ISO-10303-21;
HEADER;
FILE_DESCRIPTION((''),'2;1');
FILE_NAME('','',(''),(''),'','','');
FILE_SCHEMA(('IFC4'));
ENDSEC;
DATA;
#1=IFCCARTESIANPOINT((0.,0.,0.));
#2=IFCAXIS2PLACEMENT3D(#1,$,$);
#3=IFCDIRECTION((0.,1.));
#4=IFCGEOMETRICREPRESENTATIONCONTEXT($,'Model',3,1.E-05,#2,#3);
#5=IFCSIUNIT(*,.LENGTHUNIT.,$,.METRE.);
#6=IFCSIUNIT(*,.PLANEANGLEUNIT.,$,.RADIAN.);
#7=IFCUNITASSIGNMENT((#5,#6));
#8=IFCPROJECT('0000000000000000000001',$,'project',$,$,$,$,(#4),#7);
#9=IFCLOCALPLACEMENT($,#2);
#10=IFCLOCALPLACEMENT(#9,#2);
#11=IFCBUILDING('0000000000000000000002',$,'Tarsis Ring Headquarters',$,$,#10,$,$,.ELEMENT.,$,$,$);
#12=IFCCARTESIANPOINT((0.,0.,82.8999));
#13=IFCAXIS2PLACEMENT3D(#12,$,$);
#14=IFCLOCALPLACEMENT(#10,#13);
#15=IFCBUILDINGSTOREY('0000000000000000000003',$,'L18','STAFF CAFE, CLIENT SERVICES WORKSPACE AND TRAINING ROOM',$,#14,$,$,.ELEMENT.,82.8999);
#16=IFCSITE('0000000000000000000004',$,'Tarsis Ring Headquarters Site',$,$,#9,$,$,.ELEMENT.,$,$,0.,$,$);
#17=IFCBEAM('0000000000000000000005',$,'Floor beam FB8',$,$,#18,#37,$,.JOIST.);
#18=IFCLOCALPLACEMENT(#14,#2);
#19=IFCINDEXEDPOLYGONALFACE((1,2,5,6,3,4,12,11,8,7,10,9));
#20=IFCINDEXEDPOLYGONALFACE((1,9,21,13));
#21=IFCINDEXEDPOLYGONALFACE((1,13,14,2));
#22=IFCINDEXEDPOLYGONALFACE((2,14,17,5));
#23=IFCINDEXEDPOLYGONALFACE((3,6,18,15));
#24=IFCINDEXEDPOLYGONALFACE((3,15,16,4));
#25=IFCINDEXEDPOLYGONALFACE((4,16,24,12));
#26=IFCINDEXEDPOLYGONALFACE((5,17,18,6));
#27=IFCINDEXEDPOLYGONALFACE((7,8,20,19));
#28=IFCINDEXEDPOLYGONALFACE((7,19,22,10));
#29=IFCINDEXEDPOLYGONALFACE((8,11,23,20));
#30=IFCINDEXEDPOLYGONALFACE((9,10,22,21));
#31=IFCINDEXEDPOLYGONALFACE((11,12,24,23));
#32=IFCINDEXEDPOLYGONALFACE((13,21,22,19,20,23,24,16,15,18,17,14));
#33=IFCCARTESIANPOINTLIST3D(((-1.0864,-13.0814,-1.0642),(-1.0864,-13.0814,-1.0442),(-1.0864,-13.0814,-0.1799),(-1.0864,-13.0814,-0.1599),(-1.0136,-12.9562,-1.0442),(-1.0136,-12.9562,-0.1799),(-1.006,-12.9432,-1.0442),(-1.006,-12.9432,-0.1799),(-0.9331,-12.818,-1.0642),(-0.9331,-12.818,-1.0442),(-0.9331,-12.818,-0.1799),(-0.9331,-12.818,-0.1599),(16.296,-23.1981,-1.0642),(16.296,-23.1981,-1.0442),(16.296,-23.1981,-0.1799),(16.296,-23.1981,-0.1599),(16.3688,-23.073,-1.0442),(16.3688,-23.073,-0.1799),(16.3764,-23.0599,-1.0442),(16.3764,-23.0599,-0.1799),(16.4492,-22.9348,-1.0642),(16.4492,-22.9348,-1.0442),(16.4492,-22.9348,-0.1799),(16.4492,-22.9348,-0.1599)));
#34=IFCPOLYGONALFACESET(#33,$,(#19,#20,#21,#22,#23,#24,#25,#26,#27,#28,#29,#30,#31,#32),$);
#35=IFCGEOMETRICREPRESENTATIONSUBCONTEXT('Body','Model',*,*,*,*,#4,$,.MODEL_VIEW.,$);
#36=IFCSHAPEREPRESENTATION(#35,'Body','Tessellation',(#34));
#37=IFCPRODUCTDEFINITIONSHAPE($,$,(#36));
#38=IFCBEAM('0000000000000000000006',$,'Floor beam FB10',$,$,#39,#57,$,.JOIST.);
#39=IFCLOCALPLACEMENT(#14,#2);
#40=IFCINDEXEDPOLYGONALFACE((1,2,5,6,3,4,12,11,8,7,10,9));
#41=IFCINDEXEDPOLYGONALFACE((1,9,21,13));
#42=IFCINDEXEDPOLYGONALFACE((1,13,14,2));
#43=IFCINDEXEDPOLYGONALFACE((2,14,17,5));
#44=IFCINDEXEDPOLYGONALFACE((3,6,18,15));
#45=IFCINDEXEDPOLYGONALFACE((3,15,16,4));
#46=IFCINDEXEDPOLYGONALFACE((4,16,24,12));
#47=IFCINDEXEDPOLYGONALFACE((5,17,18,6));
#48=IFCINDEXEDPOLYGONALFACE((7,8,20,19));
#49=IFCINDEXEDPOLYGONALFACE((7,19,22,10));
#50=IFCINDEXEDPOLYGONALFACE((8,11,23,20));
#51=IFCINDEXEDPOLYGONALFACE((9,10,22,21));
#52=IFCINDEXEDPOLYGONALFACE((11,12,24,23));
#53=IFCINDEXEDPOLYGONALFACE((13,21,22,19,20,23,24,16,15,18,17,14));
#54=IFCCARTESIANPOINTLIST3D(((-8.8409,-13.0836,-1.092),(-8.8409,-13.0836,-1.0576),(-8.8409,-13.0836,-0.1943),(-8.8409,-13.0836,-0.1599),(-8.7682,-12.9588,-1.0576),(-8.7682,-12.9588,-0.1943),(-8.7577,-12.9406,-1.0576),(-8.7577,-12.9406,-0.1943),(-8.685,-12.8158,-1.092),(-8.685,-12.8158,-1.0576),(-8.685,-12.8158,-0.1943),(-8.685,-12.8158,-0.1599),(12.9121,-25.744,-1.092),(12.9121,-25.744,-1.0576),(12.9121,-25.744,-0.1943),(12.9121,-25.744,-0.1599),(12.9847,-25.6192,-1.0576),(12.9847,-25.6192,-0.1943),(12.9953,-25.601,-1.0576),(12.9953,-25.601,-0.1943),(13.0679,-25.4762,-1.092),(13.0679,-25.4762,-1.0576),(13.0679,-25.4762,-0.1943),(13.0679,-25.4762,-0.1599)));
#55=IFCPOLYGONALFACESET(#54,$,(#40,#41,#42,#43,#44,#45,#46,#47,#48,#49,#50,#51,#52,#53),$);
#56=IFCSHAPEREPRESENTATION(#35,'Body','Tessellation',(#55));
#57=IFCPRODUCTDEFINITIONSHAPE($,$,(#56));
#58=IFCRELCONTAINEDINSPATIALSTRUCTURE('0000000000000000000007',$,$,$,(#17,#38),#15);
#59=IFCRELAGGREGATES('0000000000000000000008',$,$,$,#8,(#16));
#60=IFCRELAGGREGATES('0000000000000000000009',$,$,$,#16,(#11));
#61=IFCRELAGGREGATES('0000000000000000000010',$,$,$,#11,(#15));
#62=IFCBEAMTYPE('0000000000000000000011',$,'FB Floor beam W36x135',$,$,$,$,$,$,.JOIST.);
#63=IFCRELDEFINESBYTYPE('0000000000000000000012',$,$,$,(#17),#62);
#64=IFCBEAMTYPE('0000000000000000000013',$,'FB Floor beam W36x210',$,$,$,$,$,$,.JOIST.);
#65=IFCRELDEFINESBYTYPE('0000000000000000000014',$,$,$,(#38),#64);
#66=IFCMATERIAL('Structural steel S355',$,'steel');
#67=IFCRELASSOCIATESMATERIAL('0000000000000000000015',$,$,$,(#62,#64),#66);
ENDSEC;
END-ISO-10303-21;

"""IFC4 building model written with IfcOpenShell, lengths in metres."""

from ifc_helpers import new_model, si_unit, direction, frame, origin, origin_2d, place, context, subcontext, project, spatial, i_section, extrude, material, material_profile, profile_set, type_object, element, save


model = new_model("IFC4")

# Units and contexts
model_context = context("Model", 3, precision=1e-05, world=origin(), true_north=direction((0.0, 1.0)))
body_context = subcontext(model_context, "Body", "Model", "MODEL_VIEW")
ifc_project = project(units=[si_unit("LENGTHUNIT", "METRE"), si_unit("PLANEANGLEUNIT", "RADIAN")], contexts=[model_context])

# Site, building, storey
site_placement = place(None, origin())
site = spatial("IfcSite", under=ifc_project, at=site_placement, Name="Tarsis Ring Headquarters Site", CompositionType="ELEMENT", RefElevation=0.0)
building_placement = place(site_placement, origin())
building = spatial("IfcBuilding", under=site, at=building_placement, Name="Tarsis Ring Headquarters", CompositionType="ELEMENT")
storey_placement = place(building_placement, frame((0.0, 0.0, 82.8999)))
storey = spatial("IfcBuildingStorey", under=building, at=storey_placement, Name="L18", Description="STAFF CAFE, CLIENT SERVICES WORKSPACE AND TRAINING ROOM", CompositionType="ELEMENT", Elevation=82.8999)

# Beams
ifc_material_1 = material(Name="Structural steel S355", Category="steel")
ifc_material_profile_1 = material_profile(ifc_material_1, i_section(OverallWidth=0.3047, OverallDepth=0.9043, WebThickness=0.0151, FlangeThickness=0.02, at=origin_2d()), Name="W36x135")
ifc_profile_set_1 = profile_set([ifc_material_profile_1], Name="Structural steel S355")
beam_type_1 = type_object("IfcBeamType", Name="FB Floor beam W36x135", PredefinedType="JOIST", material=ifc_profile_set_1)
beam_1_placement = place(storey_placement, frame((-1.0098, -12.9497, -0.6121), z_axis=(0.864276, -0.503018, 0.0), x_axis=(0.503018, 0.864276, 0.0)))
element("IfcBeam", 1, at=beam_1_placement, inside=storey, type_object=beam_type_1, Name="Floor beam FB8", PredefinedType="JOIST", context=body_context, shape_type="SweptSolid", body=[
    extrude(i_section(OverallWidth=0.3047, OverallDepth=0.9043, WebThickness=0.0151, FlangeThickness=0.02, at=origin_2d()), origin(), (0.0, 0.0, 1.0), 20.1121),
])
ifc_material_profile_2 = material_profile(ifc_material_1, i_section(OverallWidth=0.3098, OverallDepth=0.9321, WebThickness=0.021, FlangeThickness=0.0344, at=origin_2d()), Name="W36x210")
ifc_profile_set_2 = profile_set([ifc_material_profile_2], Name="Structural steel S355")
beam_type_2 = type_object("IfcBeamType", Name="FB Floor beam W36x210", PredefinedType="JOIST", material=ifc_profile_set_2)
beam_2_placement = place(storey_placement, frame((-8.7629, -12.9497, -0.626), z_axis=(0.864277, -0.503017, 0.0), x_axis=(0.503017, 0.864277, 0.0)))
element("IfcBeam", 2, at=beam_2_placement, inside=storey, type_object=beam_type_2, Name="Floor beam FB10", PredefinedType="JOIST", context=body_context, shape_type="SweptSolid", body=[
    extrude(i_section(OverallWidth=0.3098, OverallDepth=0.9321, WebThickness=0.021, FlangeThickness=0.0344, at=origin_2d()), origin(), (0.0, 0.0, 1.0), 25.1689),
])

save(model, "model.ifc")
